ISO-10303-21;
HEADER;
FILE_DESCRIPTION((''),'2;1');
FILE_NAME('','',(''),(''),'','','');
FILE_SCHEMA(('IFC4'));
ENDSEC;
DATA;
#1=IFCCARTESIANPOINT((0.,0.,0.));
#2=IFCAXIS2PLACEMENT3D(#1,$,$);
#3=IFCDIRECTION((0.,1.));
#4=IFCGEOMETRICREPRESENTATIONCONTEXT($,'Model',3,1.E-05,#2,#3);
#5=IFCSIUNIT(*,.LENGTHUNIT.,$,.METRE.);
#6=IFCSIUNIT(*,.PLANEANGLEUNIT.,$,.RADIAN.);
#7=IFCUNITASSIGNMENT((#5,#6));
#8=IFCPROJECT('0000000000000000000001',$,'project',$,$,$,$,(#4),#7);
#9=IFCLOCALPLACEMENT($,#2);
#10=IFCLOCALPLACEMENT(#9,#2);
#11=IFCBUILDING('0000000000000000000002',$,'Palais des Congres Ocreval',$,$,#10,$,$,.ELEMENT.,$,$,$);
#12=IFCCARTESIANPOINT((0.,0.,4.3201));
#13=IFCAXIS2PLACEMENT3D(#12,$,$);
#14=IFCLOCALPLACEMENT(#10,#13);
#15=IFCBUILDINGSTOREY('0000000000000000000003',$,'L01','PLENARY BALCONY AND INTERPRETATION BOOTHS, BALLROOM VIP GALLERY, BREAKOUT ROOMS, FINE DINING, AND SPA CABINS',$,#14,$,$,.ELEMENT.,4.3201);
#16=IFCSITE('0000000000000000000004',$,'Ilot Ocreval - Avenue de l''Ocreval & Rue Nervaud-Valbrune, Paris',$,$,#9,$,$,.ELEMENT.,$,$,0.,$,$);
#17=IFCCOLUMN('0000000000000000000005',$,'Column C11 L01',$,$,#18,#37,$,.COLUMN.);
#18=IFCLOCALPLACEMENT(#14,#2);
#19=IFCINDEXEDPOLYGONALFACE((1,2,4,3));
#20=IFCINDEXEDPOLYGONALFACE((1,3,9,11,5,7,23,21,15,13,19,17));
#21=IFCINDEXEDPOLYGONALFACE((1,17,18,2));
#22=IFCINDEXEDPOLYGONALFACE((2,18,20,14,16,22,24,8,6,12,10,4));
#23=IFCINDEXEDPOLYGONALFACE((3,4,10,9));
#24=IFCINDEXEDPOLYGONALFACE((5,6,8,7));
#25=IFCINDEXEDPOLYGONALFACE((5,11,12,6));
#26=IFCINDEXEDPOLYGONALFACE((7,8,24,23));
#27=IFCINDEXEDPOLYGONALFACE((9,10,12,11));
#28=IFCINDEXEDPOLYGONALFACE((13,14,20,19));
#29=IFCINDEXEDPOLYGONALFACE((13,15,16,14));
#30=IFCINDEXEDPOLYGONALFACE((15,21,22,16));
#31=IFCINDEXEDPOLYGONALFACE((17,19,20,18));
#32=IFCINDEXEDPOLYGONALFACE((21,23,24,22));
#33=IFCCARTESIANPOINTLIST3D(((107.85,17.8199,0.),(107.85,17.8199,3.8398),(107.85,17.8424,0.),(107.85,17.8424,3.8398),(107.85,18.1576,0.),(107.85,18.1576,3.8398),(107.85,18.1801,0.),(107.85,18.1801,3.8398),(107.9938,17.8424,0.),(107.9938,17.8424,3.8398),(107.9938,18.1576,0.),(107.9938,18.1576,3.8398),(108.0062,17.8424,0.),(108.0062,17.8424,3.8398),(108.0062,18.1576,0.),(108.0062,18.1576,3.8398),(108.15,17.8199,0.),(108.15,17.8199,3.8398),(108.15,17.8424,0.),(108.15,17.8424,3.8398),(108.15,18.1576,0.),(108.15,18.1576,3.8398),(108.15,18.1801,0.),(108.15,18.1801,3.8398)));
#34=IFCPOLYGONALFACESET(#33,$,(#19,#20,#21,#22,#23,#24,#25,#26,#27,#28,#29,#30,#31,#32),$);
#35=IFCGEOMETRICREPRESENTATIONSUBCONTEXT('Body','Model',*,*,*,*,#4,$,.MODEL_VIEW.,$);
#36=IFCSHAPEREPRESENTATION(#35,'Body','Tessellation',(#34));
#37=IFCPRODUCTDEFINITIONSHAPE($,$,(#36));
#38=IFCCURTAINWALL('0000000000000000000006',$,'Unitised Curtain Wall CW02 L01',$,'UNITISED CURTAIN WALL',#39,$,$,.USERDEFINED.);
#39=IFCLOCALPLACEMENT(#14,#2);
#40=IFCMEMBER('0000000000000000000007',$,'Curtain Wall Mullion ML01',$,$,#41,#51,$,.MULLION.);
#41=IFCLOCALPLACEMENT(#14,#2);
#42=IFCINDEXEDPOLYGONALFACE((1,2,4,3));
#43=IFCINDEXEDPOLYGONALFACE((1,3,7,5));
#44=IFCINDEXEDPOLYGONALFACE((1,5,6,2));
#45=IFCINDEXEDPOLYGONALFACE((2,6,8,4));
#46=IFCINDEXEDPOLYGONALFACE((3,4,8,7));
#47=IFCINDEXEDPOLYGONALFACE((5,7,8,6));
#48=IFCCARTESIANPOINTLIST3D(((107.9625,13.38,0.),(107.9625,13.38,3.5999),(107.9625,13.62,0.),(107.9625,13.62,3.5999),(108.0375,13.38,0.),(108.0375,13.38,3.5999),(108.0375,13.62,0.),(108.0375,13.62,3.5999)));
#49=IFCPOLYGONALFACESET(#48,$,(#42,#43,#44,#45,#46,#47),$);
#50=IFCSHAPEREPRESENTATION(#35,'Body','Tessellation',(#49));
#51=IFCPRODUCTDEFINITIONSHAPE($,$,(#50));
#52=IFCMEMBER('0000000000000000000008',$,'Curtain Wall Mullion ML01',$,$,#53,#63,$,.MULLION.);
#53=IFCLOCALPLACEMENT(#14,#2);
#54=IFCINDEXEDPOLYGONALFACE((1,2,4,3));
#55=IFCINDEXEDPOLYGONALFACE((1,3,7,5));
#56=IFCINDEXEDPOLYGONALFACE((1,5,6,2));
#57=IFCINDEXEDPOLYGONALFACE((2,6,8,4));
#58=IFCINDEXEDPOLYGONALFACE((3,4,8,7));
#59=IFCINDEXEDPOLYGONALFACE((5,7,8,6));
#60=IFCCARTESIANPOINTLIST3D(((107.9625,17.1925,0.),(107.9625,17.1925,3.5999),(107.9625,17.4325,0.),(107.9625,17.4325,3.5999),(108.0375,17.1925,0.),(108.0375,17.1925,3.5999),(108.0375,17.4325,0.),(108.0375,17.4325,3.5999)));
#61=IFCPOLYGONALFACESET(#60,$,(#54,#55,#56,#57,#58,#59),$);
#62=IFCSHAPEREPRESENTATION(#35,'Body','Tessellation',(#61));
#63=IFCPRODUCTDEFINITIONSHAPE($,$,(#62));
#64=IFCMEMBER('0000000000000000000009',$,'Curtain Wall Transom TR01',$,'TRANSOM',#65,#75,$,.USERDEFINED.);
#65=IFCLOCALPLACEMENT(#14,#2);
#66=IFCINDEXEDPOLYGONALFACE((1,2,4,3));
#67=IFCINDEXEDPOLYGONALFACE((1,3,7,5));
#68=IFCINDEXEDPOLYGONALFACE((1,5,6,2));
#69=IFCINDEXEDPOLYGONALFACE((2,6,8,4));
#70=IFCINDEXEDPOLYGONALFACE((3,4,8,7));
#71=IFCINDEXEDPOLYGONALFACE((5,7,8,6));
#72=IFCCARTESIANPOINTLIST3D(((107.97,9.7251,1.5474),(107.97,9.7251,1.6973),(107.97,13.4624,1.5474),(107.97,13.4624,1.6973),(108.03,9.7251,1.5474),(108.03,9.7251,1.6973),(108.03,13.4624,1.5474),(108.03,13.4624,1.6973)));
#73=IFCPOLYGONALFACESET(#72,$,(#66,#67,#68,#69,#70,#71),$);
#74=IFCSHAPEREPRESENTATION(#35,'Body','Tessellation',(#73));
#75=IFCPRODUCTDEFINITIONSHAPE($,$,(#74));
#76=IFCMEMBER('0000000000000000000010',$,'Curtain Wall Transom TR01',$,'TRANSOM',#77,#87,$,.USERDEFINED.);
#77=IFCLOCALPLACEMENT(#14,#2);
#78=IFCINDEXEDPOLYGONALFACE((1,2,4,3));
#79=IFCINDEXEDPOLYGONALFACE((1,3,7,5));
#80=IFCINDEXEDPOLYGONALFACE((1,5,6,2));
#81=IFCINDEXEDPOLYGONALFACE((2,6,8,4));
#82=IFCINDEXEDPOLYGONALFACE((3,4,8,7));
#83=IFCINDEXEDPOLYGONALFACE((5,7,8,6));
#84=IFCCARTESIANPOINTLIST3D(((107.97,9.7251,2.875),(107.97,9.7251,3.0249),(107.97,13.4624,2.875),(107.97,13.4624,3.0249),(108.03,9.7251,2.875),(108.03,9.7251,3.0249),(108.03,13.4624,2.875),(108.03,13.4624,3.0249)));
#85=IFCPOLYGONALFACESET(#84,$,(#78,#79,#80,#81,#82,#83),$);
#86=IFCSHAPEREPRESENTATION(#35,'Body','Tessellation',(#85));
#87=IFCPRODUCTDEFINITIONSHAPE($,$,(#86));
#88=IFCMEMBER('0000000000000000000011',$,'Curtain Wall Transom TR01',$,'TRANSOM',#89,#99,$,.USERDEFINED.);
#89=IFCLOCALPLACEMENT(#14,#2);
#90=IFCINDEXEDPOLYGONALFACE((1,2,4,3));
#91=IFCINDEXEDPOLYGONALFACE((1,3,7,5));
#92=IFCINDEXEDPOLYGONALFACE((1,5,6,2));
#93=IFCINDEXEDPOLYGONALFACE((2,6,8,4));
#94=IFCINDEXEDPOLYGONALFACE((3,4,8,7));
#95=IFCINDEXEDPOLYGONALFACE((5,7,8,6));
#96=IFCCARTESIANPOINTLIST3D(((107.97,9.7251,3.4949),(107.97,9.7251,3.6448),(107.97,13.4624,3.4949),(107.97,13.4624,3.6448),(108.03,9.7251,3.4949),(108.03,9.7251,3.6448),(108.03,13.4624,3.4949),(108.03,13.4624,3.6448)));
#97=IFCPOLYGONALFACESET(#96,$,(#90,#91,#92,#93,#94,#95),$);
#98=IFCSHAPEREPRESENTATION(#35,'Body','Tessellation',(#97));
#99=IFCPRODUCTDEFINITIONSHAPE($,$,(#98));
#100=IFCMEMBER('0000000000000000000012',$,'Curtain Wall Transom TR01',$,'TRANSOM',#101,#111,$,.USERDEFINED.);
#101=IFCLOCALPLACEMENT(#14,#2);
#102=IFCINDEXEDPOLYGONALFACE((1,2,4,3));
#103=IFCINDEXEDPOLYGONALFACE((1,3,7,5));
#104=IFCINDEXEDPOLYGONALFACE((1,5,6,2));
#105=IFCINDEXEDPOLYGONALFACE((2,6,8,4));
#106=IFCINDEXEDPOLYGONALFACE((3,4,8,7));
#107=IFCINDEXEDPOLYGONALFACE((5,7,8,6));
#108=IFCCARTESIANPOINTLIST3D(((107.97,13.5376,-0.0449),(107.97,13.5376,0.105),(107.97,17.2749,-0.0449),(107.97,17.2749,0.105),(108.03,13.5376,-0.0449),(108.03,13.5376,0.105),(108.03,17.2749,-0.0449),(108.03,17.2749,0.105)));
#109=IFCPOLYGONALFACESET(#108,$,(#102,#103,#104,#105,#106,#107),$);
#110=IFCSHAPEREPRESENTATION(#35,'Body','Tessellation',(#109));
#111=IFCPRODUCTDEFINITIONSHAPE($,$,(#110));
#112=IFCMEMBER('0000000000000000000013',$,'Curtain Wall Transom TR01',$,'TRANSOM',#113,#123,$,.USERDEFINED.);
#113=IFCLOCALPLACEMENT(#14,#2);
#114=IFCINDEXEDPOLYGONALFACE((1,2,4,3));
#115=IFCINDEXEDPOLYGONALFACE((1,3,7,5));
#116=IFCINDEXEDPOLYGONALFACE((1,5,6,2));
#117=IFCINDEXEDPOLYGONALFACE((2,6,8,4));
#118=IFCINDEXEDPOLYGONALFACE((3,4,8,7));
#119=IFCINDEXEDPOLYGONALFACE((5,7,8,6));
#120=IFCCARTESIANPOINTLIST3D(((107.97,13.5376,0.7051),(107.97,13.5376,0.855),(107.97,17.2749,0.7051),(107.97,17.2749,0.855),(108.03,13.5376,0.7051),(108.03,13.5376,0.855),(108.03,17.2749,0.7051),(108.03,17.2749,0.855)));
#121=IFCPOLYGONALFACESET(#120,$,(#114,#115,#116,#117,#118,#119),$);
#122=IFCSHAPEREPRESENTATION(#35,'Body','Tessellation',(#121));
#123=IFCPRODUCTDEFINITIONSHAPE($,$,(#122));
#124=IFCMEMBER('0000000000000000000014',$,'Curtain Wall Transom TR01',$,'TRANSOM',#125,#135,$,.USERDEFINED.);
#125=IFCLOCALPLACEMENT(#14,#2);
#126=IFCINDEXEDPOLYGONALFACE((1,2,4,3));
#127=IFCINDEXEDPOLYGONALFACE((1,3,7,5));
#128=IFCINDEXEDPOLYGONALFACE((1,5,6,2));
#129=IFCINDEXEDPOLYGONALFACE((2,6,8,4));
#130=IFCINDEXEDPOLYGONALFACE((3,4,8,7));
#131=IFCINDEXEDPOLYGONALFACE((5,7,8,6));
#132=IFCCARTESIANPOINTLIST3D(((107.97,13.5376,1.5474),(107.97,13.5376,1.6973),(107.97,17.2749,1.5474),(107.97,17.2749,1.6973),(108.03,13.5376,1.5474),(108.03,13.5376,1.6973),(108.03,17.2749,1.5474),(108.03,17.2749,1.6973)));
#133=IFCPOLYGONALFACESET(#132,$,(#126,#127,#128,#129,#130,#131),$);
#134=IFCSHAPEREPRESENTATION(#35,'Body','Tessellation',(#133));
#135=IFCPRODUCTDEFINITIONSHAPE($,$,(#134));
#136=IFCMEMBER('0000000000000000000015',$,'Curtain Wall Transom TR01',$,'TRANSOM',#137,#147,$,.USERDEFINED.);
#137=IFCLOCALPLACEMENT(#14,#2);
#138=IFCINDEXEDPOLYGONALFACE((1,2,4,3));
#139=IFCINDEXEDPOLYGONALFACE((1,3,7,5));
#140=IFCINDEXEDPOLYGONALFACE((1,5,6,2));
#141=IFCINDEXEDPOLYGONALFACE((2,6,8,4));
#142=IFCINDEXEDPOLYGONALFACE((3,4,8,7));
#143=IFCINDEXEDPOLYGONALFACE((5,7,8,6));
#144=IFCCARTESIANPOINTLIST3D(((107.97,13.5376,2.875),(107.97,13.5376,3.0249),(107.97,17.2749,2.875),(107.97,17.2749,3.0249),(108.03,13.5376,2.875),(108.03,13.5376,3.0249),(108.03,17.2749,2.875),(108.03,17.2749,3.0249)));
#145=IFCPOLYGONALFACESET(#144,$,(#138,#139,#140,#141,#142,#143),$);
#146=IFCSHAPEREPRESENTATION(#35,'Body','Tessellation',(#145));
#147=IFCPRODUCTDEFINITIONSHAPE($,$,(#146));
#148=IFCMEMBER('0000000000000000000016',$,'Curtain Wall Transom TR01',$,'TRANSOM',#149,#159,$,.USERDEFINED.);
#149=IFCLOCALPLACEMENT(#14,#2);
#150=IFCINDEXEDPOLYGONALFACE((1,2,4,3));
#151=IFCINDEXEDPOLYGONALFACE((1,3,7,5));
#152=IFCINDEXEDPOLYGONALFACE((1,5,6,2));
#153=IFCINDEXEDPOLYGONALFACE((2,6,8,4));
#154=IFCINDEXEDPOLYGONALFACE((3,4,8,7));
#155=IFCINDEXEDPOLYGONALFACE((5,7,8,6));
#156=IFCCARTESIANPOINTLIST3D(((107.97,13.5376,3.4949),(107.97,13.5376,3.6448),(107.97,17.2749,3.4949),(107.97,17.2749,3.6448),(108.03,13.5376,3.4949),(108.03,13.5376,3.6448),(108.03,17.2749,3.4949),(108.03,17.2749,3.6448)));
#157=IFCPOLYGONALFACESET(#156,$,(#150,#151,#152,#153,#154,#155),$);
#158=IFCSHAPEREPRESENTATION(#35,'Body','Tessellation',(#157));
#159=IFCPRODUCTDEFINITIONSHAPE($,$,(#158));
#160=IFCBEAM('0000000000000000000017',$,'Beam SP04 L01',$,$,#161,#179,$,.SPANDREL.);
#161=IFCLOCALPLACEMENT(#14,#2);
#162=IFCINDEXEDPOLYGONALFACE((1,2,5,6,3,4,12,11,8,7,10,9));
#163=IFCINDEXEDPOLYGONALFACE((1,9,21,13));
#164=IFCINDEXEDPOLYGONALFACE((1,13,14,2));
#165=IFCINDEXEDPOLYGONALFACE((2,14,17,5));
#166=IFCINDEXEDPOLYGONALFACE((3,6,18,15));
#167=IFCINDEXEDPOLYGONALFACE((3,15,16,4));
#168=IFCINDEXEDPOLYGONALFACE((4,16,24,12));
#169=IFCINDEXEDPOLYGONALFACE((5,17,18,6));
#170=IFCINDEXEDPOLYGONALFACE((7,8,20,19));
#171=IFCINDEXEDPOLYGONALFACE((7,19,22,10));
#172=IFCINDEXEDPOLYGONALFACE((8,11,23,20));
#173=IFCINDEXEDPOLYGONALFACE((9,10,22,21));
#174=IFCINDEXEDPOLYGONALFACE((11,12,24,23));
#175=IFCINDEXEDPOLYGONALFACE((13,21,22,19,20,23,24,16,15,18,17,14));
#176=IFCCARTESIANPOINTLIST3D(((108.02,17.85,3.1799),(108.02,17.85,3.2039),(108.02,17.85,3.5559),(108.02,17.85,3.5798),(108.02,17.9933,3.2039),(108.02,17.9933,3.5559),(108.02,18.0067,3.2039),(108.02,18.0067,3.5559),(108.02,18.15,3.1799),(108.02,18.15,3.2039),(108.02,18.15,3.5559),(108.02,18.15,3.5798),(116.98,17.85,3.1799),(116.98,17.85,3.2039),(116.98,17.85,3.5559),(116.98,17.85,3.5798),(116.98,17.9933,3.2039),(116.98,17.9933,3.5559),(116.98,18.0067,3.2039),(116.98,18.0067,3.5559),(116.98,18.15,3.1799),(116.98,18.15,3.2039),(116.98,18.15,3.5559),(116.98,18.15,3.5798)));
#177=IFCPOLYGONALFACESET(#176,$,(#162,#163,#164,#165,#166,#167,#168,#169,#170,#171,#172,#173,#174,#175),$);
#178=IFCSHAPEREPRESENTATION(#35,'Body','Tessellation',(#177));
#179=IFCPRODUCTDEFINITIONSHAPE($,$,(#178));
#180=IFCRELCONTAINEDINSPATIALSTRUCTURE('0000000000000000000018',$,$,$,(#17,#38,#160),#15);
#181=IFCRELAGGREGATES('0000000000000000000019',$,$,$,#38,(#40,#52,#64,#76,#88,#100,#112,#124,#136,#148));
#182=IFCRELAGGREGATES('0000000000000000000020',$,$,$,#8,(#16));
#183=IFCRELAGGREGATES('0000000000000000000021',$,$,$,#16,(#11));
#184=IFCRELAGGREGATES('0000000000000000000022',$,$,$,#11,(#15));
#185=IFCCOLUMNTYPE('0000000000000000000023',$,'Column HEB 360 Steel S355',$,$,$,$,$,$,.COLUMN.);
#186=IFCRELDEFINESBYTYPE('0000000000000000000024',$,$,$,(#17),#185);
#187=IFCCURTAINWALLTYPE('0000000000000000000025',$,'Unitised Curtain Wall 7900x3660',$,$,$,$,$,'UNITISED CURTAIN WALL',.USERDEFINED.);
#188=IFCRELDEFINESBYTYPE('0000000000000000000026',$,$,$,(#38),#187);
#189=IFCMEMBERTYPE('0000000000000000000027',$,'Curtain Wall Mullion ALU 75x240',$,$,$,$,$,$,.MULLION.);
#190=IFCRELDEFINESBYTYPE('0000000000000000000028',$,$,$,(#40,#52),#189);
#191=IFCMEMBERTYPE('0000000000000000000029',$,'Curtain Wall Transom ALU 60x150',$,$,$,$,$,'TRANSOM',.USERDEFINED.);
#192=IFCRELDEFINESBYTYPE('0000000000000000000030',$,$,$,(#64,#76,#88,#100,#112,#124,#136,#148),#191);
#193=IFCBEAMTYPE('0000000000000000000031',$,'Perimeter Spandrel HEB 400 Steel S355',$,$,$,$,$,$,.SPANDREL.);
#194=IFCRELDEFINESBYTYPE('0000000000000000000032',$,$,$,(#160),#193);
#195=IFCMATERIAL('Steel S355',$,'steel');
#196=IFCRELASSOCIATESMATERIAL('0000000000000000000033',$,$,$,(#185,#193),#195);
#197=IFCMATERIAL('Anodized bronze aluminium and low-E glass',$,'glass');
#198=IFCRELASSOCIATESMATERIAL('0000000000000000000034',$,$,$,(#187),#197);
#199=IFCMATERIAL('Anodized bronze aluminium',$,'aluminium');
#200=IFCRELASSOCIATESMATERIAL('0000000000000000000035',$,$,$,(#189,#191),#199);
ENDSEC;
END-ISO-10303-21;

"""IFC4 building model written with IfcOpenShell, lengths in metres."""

from ifc_helpers import new_model, si_unit, direction, frame, origin, origin_2d, place, context, subcontext, project, spatial, rectangle, i_section, extrude, material, material_profile, profile_set, type_object, element, aggregate, save


model = new_model("IFC4")

# Units and contexts
model_context = context("Model", 3, precision=1e-05, world=origin(), true_north=direction((0.0, 1.0)))
body_context = subcontext(model_context, "Body", "Model", "MODEL_VIEW")
ifc_project = project(units=[si_unit("LENGTHUNIT", "METRE"), si_unit("PLANEANGLEUNIT", "RADIAN")], contexts=[model_context])

# Site, building, storey
site_placement = place(None, origin())
site = spatial("IfcSite", under=ifc_project, at=site_placement, Name="Ilot Ocreval - Avenue de l'Ocreval & Rue Nervaud-Valbrune, Paris", CompositionType="ELEMENT", RefElevation=0.0)
building_placement = place(site_placement, origin())
building = spatial("IfcBuilding", under=site, at=building_placement, Name="Palais des Congres Ocreval", CompositionType="ELEMENT")
storey_placement = place(building_placement, frame((0.0, 0.0, 4.3201)))
storey = spatial("IfcBuildingStorey", under=building, at=storey_placement, Name="L01", Description="PLENARY BALCONY AND INTERPRETATION BOOTHS, BALLROOM VIP GALLERY, BREAKOUT ROOMS, FINE DINING, AND SPA CABINS", CompositionType="ELEMENT", Elevation=4.3201)

# Column
ifc_material_1 = material(Name="Steel S355", Category="steel")
ifc_material_profile_1 = material_profile(ifc_material_1, i_section(OverallWidth=0.3, OverallDepth=0.3601, WebThickness=0.0125, FlangeThickness=0.0225, at=origin_2d()), Name="HEB 360")
ifc_profile_set_1 = profile_set([ifc_material_profile_1], Name="Steel S355")
column_type = type_object("IfcColumnType", Name="Column HEB 360 Steel S355", PredefinedType="COLUMN", material=ifc_profile_set_1)
column_placement = place(storey_placement, frame((108.0, 18.0, 0.0), z_axis=(0.0, 0.0, 1.0), x_axis=(1.0, 0.0, 0.0)))
element("IfcColumn", 1, at=column_placement, inside=storey, type_object=column_type, Name="Column C11 L01", PredefinedType="COLUMN", context=body_context, shape_type="SweptSolid", body=[
    extrude(i_section(OverallWidth=0.3, OverallDepth=0.3601, WebThickness=0.0125, FlangeThickness=0.0225, at=origin_2d()), origin(), (0.0, 0.0, 1.0), 3.8398),
])

# Curtain wall, members
ifc_material_2 = material(Name="Anodized bronze aluminium and low-E glass", Category="glass")
curtain_wall_type = type_object("IfcCurtainWallType", Name="Unitised Curtain Wall 7900x3660", ElementType="UNITISED CURTAIN WALL", PredefinedType="USERDEFINED", material=ifc_material_2)
curtain_wall_placement = place(storey_placement, origin())
curtain_wall = element("IfcCurtainWall", 2, at=curtain_wall_placement, inside=storey, type_object=curtain_wall_type, Name="Unitised Curtain Wall CW02 L01", ObjectType="UNITISED CURTAIN WALL", PredefinedType="USERDEFINED")
ifc_material_3 = material(Name="Anodized bronze aluminium", Category="aluminium")
ifc_material_profile_2 = material_profile(ifc_material_3, rectangle(XDim=0.075, YDim=0.24, at=origin_2d()), Name="ALU 75x240")
ifc_profile_set_2 = profile_set([ifc_material_profile_2], Name="Anodized bronze aluminium")
member_type_1 = type_object("IfcMemberType", Name="Curtain Wall Mullion ALU 75x240", PredefinedType="MULLION", material=ifc_profile_set_2)
member_1_placement = place(storey_placement, frame((108.0, 13.5, 0.0), z_axis=(0.0, 0.0, 1.0), x_axis=(-1.0, 0.0, 0.0)))
member_1 = element("IfcMember", 3, at=member_1_placement, type_object=member_type_1, Name="Curtain Wall Mullion ML01", PredefinedType="MULLION", context=body_context, shape_type="SweptSolid", body=[
    extrude(rectangle(XDim=0.075, YDim=0.24, at=origin_2d()), origin(), (0.0, 0.0, 1.0), 3.5999),
])
member_2_placement = place(storey_placement, frame((108.0, 17.3125, 0.0), z_axis=(0.0, 0.0, 1.0), x_axis=(-1.0, 0.0, 0.0)))
member_2 = element("IfcMember", 4, at=member_2_placement, type_object=member_type_1, Name="Curtain Wall Mullion ML01", PredefinedType="MULLION", context=body_context, shape_type="SweptSolid", body=[
    extrude(rectangle(XDim=0.075, YDim=0.24, at=origin_2d()), origin(), (0.0, 0.0, 1.0), 3.5999),
])
ifc_material_profile_3 = material_profile(ifc_material_3, rectangle(XDim=0.0601, YDim=0.1499, at=origin_2d()), Name="ALU 60x150")
ifc_profile_set_3 = profile_set([ifc_material_profile_3], Name="Anodized bronze aluminium")
member_type_2 = type_object("IfcMemberType", Name="Curtain Wall Transom ALU 60x150", ElementType="TRANSOM", PredefinedType="USERDEFINED", material=ifc_profile_set_3)
member_3_placement = place(storey_placement, frame((108.0, 9.7251, 1.6223), z_axis=(0.0, 1.0, 0.0), x_axis=(-1.0, 0.0, 0.0)))
member_3 = element("IfcMember", 5, at=member_3_placement, type_object=member_type_2, Name="Curtain Wall Transom TR01", ObjectType="TRANSOM", PredefinedType="USERDEFINED", context=body_context, shape_type="SweptSolid", body=[
    extrude(rectangle(XDim=0.0601, YDim=0.1499, at=origin_2d()), origin(), (0.0, 0.0, 1.0), 3.7373),
])
member_4_placement = place(storey_placement, frame((108.0, 9.7251, 2.95), z_axis=(0.0, 1.0, 0.0), x_axis=(-1.0, 0.0, 0.0)))
member_4 = element("IfcMember", 6, at=member_4_placement, type_object=member_type_2, Name="Curtain Wall Transom TR01", ObjectType="TRANSOM", PredefinedType="USERDEFINED", context=body_context, shape_type="SweptSolid", body=[
    extrude(rectangle(XDim=0.0601, YDim=0.1499, at=origin_2d()), origin(), (0.0, 0.0, 1.0), 3.7373),
])
member_5_placement = place(storey_placement, frame((108.0, 9.7251, 3.5698), z_axis=(0.0, 1.0, 0.0), x_axis=(-1.0, 0.0, 0.0)))
member_5 = element("IfcMember", 7, at=member_5_placement, type_object=member_type_2, Name="Curtain Wall Transom TR01", ObjectType="TRANSOM", PredefinedType="USERDEFINED", context=body_context, shape_type="SweptSolid", body=[
    extrude(rectangle(XDim=0.0601, YDim=0.1499, at=origin_2d()), origin(), (0.0, 0.0, 1.0), 3.7373),
])
member_6_placement = place(storey_placement, frame((108.0, 13.5376, 0.03), z_axis=(0.0, 1.0, 0.0), x_axis=(-1.0, 0.0, 0.0)))
member_6 = element("IfcMember", 8, at=member_6_placement, type_object=member_type_2, Name="Curtain Wall Transom TR01", ObjectType="TRANSOM", PredefinedType="USERDEFINED", context=body_context, shape_type="SweptSolid", body=[
    extrude(rectangle(XDim=0.0601, YDim=0.1499, at=origin_2d()), origin(), (0.0, 0.0, 1.0), 3.7373),
])
member_7_placement = place(storey_placement, frame((108.0, 13.5376, 0.78), z_axis=(0.0, 1.0, 0.0), x_axis=(-1.0, 0.0, 0.0)))
member_7 = element("IfcMember", 9, at=member_7_placement, type_object=member_type_2, Name="Curtain Wall Transom TR01", ObjectType="TRANSOM", PredefinedType="USERDEFINED", context=body_context, shape_type="SweptSolid", body=[
    extrude(rectangle(XDim=0.0601, YDim=0.1499, at=origin_2d()), origin(), (0.0, 0.0, 1.0), 3.7373),
])
member_8_placement = place(storey_placement, frame((108.0, 13.5376, 1.6223), z_axis=(0.0, 1.0, 0.0), x_axis=(-1.0, 0.0, 0.0)))
member_8 = element("IfcMember", 10, at=member_8_placement, type_object=member_type_2, Name="Curtain Wall Transom TR01", ObjectType="TRANSOM", PredefinedType="USERDEFINED", context=body_context, shape_type="SweptSolid", body=[
    extrude(rectangle(XDim=0.0601, YDim=0.1499, at=origin_2d()), origin(), (0.0, 0.0, 1.0), 3.7373),
])
member_9_placement = place(storey_placement, frame((108.0, 13.5376, 2.95), z_axis=(0.0, 1.0, 0.0), x_axis=(-1.0, 0.0, 0.0)))
member_9 = element("IfcMember", 11, at=member_9_placement, type_object=member_type_2, Name="Curtain Wall Transom TR01", ObjectType="TRANSOM", PredefinedType="USERDEFINED", context=body_context, shape_type="SweptSolid", body=[
    extrude(rectangle(XDim=0.0601, YDim=0.1499, at=origin_2d()), origin(), (0.0, 0.0, 1.0), 3.7373),
])
member_10_placement = place(storey_placement, frame((108.0, 13.5376, 3.5698), z_axis=(0.0, 1.0, 0.0), x_axis=(-1.0, 0.0, 0.0)))
member_10 = element("IfcMember", 12, at=member_10_placement, type_object=member_type_2, Name="Curtain Wall Transom TR01", ObjectType="TRANSOM", PredefinedType="USERDEFINED", context=body_context, shape_type="SweptSolid", body=[
    extrude(rectangle(XDim=0.0601, YDim=0.1499, at=origin_2d()), origin(), (0.0, 0.0, 1.0), 3.7373),
])

# Beam
ifc_material_profile_4 = material_profile(ifc_material_1, i_section(OverallWidth=0.3, OverallDepth=0.3999, WebThickness=0.0134, FlangeThickness=0.0239, at=origin_2d()), Name="HEB 400")
ifc_profile_set_4 = profile_set([ifc_material_profile_4], Name="Steel S355")
beam_type_1 = type_object("IfcBeamType", Name="Perimeter Spandrel HEB 400 Steel S355", PredefinedType="SPANDREL", material=ifc_profile_set_4)
beam_1_placement = place(storey_placement, frame((108.02, 18.0, 3.3799), z_axis=(1.0, 0.0, 0.0), x_axis=(0.0, 1.0, 0.0)))
element("IfcBeam", 13, at=beam_1_placement, inside=storey, type_object=beam_type_1, Name="Beam SP04 L01", PredefinedType="SPANDREL", context=body_context, shape_type="SweptSolid", body=[
    extrude(i_section(OverallWidth=0.3, OverallDepth=0.3999, WebThickness=0.0134, FlangeThickness=0.0239, at=origin_2d()), origin(), (0.0, 0.0, 1.0), 8.96),
])

aggregate(curtain_wall, [member_1, member_2, member_3, member_4, member_5, member_6, member_7, member_8, member_9, member_10])

save(model, "model.ifc")
